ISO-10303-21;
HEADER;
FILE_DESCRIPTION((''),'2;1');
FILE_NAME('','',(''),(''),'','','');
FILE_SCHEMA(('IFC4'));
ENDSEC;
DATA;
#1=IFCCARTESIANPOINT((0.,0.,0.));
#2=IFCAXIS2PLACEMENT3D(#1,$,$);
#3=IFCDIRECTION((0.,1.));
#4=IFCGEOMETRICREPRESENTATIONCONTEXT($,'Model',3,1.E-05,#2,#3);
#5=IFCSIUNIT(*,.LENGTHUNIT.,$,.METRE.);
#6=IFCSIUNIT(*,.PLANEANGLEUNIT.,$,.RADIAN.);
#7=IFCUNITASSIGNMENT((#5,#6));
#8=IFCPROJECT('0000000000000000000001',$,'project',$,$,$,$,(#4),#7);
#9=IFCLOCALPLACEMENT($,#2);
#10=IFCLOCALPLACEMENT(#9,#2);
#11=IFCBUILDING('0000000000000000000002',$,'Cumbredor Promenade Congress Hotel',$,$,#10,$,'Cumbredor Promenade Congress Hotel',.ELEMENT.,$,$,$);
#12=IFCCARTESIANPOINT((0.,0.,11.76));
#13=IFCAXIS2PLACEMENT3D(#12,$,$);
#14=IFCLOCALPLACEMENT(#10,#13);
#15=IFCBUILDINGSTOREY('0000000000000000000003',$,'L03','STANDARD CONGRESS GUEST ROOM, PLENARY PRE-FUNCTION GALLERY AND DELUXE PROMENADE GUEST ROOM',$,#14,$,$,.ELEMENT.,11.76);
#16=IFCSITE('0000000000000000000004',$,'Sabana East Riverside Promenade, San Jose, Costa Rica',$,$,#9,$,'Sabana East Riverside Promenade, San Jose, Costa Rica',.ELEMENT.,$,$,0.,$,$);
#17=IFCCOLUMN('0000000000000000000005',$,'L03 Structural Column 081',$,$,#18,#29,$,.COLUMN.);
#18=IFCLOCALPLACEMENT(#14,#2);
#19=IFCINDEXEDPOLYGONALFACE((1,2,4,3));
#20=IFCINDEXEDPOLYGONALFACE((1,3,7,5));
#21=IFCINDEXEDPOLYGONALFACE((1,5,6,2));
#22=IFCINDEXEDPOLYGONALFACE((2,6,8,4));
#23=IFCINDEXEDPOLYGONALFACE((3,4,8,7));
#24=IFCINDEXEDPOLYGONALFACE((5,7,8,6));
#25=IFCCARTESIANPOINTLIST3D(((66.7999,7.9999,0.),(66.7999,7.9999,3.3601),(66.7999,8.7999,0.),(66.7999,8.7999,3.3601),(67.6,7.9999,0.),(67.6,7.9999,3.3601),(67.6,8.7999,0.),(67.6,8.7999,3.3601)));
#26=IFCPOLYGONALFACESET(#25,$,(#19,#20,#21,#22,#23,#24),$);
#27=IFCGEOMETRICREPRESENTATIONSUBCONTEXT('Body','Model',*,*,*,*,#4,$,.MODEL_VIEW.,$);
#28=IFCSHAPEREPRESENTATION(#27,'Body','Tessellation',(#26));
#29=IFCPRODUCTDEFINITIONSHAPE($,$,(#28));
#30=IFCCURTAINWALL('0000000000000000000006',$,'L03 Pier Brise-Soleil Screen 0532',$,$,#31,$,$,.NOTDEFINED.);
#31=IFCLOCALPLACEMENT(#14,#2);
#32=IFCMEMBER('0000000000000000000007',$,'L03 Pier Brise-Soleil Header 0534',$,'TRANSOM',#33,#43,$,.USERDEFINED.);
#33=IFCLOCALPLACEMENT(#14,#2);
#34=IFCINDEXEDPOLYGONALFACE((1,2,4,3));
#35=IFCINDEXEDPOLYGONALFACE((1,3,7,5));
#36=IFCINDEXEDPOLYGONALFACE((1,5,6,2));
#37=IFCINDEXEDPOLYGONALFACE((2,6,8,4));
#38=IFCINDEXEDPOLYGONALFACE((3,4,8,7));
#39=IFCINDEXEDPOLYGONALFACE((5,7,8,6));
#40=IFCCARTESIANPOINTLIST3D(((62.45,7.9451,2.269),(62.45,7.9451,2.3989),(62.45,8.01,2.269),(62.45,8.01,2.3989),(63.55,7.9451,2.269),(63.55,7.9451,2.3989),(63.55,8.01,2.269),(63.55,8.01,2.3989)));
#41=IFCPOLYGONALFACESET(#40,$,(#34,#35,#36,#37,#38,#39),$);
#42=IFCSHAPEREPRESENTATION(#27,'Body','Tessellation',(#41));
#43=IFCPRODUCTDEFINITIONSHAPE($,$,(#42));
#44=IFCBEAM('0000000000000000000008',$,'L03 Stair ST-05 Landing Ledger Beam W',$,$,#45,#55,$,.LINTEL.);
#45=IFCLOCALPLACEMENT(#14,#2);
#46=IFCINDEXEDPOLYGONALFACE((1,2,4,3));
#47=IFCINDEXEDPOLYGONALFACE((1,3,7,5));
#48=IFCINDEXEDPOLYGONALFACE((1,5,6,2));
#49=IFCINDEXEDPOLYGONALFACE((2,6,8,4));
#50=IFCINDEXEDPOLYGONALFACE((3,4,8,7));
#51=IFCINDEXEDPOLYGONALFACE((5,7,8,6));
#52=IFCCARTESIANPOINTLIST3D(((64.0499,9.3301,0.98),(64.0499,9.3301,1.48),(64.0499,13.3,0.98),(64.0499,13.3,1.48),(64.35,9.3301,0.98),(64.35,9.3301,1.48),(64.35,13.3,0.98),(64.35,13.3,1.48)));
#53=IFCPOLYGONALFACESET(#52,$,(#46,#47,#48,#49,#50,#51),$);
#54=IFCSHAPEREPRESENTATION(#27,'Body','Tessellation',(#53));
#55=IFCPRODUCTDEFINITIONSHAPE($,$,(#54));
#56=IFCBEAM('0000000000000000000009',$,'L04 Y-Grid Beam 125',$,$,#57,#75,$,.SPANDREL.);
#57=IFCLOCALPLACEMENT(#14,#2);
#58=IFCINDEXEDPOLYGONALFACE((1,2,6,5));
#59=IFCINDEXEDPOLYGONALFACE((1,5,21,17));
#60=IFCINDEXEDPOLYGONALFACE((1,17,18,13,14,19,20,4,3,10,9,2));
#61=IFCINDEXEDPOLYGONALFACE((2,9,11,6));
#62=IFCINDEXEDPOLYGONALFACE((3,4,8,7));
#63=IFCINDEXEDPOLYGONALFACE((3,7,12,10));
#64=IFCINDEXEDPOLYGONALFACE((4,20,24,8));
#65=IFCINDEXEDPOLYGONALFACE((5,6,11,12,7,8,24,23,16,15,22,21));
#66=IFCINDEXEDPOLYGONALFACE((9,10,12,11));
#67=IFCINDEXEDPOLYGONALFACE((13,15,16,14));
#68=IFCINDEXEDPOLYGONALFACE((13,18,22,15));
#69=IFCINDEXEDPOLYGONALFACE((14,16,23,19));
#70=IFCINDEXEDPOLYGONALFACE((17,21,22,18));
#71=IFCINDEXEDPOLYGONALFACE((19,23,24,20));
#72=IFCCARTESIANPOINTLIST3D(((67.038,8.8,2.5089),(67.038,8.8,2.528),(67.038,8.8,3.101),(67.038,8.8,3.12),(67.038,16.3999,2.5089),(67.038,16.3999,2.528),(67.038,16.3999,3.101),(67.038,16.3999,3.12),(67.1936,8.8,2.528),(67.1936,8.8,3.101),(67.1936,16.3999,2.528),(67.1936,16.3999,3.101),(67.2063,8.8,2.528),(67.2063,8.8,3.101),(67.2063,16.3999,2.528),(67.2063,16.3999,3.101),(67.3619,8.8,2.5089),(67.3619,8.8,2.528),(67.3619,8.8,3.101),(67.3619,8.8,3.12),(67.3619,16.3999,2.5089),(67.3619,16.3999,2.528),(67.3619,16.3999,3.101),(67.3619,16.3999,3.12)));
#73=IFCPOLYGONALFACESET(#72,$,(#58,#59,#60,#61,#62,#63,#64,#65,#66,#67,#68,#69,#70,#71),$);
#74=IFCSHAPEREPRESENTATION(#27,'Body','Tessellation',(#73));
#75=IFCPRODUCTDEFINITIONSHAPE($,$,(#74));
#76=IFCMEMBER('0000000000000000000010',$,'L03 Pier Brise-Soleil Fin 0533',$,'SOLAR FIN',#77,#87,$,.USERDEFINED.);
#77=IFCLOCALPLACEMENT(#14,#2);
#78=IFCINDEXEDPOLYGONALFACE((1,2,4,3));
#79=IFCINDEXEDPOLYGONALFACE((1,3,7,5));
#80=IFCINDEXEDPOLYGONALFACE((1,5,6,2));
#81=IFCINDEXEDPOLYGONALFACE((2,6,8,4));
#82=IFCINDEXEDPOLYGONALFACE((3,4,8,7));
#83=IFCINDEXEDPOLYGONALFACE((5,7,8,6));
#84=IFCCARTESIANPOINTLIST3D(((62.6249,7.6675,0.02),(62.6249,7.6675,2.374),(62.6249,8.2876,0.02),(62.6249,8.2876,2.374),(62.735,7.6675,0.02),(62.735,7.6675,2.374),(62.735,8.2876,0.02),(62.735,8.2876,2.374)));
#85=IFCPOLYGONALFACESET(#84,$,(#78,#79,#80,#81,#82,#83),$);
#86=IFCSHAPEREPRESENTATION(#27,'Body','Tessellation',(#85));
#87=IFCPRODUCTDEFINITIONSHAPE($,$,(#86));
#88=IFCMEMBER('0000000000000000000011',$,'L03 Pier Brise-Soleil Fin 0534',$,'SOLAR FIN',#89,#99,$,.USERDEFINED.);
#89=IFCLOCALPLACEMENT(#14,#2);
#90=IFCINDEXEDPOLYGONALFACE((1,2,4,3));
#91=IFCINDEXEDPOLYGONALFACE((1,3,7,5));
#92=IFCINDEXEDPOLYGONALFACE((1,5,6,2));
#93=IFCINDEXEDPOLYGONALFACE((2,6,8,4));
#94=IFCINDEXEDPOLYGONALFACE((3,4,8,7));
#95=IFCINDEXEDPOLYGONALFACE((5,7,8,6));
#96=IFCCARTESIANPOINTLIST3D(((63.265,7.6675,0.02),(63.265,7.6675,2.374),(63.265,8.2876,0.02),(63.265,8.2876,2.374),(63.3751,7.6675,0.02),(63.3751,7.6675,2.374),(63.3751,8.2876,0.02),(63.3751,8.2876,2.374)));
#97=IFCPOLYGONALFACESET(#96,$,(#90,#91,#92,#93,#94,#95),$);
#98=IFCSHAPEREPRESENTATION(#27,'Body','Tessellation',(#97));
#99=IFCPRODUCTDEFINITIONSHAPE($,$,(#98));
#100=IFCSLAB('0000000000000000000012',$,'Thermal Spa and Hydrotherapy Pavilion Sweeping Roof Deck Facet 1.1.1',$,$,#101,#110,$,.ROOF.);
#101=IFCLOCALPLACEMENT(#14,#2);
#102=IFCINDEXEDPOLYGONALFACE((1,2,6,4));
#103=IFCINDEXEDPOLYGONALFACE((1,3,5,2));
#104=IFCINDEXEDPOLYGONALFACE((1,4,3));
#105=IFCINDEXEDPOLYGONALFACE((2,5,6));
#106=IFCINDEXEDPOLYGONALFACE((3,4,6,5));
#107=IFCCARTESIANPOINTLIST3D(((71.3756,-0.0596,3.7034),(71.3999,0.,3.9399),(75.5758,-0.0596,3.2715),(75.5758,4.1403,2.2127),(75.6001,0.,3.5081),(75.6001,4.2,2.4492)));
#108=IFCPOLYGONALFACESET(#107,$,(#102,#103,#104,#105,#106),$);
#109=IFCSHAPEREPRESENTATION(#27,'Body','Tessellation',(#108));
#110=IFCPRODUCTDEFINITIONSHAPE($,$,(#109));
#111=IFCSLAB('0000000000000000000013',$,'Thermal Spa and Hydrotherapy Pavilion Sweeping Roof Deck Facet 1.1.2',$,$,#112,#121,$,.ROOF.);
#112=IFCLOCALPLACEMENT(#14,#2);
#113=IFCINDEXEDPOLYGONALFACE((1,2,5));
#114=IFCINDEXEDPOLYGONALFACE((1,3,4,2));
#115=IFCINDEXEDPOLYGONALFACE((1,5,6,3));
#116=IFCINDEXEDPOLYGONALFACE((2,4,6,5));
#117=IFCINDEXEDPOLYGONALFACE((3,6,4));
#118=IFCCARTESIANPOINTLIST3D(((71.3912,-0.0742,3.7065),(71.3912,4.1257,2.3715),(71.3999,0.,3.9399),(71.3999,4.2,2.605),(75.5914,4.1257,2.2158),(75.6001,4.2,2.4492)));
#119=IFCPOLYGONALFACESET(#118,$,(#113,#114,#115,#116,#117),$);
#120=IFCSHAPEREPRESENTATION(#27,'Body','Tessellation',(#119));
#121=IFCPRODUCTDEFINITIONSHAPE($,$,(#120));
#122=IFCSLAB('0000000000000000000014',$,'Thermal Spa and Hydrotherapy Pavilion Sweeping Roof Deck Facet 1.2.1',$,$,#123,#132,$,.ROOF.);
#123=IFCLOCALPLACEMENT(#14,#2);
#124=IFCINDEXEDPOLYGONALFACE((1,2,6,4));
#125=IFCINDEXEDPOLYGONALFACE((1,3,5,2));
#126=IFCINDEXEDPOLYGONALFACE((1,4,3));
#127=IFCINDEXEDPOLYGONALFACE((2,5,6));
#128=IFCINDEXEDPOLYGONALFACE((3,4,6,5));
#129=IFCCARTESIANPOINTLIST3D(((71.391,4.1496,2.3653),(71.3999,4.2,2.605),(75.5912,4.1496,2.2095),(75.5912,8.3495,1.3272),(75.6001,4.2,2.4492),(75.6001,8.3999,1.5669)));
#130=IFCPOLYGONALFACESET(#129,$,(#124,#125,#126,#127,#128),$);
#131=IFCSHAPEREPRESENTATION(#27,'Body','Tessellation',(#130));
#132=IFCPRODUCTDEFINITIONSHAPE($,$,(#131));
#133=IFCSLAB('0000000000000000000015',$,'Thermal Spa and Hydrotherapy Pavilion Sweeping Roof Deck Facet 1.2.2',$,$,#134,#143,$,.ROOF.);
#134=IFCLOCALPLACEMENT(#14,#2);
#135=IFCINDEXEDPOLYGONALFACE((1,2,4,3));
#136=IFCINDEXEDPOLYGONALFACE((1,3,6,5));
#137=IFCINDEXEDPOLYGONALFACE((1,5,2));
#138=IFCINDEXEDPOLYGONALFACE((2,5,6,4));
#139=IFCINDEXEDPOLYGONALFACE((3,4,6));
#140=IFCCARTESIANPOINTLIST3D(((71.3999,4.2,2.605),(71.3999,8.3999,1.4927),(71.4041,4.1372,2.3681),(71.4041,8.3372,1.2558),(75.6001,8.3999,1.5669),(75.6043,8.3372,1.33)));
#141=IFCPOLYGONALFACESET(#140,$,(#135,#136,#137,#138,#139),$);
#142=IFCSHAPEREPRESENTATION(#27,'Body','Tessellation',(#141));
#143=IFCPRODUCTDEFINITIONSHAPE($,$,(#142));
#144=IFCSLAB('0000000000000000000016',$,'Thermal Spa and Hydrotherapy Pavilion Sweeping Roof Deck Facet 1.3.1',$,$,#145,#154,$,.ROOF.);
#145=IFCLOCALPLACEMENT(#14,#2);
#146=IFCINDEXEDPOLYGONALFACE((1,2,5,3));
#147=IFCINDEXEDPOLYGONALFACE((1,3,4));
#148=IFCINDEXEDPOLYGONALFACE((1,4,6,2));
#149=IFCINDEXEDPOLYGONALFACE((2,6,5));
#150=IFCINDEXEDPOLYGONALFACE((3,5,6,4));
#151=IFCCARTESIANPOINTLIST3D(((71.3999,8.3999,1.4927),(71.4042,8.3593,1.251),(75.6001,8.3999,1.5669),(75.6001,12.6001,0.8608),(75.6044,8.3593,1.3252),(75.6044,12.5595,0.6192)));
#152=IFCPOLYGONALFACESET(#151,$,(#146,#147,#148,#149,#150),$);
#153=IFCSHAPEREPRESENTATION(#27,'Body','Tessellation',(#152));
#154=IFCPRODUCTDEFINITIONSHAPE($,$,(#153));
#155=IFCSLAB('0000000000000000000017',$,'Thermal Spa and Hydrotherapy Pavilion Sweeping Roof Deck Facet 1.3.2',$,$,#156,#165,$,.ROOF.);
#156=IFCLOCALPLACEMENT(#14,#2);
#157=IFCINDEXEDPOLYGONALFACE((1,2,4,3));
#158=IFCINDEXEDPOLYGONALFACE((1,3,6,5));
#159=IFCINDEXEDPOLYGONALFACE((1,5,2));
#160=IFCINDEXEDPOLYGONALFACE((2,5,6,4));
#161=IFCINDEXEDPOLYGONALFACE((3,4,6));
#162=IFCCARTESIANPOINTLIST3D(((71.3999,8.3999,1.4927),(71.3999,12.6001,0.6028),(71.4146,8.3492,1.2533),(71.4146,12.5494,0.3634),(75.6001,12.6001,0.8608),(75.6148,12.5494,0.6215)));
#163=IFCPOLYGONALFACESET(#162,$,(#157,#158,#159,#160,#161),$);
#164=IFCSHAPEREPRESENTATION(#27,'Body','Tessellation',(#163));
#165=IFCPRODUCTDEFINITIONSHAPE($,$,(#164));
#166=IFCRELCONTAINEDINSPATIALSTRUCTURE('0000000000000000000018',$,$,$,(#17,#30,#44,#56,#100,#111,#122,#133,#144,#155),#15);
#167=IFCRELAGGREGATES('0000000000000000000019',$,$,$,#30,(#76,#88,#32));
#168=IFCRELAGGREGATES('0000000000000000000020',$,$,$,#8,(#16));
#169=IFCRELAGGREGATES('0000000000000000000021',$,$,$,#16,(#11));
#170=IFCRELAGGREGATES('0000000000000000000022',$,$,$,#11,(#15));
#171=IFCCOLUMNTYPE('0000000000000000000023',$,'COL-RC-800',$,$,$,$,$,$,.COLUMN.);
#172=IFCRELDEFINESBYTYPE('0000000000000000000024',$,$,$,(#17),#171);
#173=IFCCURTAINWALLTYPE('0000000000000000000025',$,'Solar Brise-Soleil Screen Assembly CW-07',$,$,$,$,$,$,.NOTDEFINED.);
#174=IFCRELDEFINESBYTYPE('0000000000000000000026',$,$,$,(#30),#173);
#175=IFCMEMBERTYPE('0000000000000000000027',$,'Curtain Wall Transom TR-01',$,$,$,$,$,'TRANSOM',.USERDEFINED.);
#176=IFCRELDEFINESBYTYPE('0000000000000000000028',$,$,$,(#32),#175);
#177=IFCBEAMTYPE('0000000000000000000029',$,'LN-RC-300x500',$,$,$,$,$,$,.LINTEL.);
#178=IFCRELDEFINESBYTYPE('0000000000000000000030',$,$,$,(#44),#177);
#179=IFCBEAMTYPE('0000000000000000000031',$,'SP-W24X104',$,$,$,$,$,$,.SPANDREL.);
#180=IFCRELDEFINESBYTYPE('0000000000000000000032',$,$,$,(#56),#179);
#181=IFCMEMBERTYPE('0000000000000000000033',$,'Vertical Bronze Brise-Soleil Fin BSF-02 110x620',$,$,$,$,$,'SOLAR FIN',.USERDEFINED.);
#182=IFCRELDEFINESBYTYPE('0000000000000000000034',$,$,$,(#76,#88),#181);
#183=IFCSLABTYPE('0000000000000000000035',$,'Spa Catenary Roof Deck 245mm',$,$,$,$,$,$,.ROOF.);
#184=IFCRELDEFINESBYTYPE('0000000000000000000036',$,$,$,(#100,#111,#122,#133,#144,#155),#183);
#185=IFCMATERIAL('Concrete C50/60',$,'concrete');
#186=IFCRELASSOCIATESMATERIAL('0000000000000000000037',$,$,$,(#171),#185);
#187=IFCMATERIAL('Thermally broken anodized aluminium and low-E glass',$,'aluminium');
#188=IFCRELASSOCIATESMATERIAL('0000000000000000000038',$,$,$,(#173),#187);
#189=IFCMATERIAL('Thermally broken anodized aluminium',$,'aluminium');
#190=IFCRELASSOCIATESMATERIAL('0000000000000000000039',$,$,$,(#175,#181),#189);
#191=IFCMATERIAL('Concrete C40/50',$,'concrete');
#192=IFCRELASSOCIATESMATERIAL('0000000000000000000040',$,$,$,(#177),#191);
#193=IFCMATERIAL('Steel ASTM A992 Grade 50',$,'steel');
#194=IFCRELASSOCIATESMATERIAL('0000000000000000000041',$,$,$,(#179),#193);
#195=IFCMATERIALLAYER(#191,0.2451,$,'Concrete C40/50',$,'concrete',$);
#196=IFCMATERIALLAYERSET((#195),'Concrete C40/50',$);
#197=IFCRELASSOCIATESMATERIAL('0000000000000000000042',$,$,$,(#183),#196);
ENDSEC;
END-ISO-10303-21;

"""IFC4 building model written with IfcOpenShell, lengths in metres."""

from ifc_helpers import new_model, si_unit, direction, frame, origin, origin_2d, place, context, subcontext, project, spatial, polyline, rectangle, i_section, outline, extrude, material, layer, layer_set, material_profile, profile_set, type_object, element, aggregate, save


model = new_model("IFC4")

# Units and contexts
model_context = context("Model", 3, precision=1e-05, world=origin(), true_north=direction((0.0, 1.0)))
body_context = subcontext(model_context, "Body", "Model", "MODEL_VIEW")
ifc_project = project(units=[si_unit("LENGTHUNIT", "METRE"), si_unit("PLANEANGLEUNIT", "RADIAN")], contexts=[model_context])

# Site, building, storey
site_placement = place(None, origin())
site = spatial("IfcSite", under=ifc_project, at=site_placement, Name="Sabana East Riverside Promenade, San Jose, Costa Rica", LongName="Sabana East Riverside Promenade, San Jose, Costa Rica", CompositionType="ELEMENT", RefElevation=0.0)
building_placement = place(site_placement, origin())
building = spatial("IfcBuilding", under=site, at=building_placement, Name="Cumbredor Promenade Congress Hotel", LongName="Cumbredor Promenade Congress Hotel", CompositionType="ELEMENT")
storey_placement = place(building_placement, frame((0.0, 0.0, 11.76)))
storey = spatial("IfcBuildingStorey", under=building, at=storey_placement, Name="L03", Description="STANDARD CONGRESS GUEST ROOM, PLENARY PRE-FUNCTION GALLERY AND DELUXE PROMENADE GUEST ROOM", CompositionType="ELEMENT", Elevation=11.76)

# Column
ifc_material_1 = material(Name="Concrete C50/60", Category="concrete")
ifc_material_profile_1 = material_profile(ifc_material_1, rectangle(XDim=0.8, YDim=0.8, at=origin_2d()), Name="RC 800x800")
ifc_profile_set_1 = profile_set([ifc_material_profile_1], Name="Concrete C50/60")
column_type = type_object("IfcColumnType", Name="COL-RC-800", PredefinedType="COLUMN", material=ifc_profile_set_1)
column_placement = place(storey_placement, frame((67.2, 8.3999, 0.0), z_axis=(0.0, 0.0, 1.0), x_axis=(1.0, 0.0, 0.0)))
element("IfcColumn", 1, at=column_placement, inside=storey, type_object=column_type, Name="L03 Structural Column 081", PredefinedType="COLUMN", context=body_context, shape_type="SweptSolid", body=[
    extrude(rectangle(XDim=0.8, YDim=0.8, at=origin_2d()), origin(), (0.0, 0.0, 1.0), 3.3601),
])

# Curtain wall, member
ifc_material_2 = material(Name="Thermally broken anodized aluminium and low-E glass", Category="aluminium")
curtain_wall_type = type_object("IfcCurtainWallType", Name="Solar Brise-Soleil Screen Assembly CW-07", PredefinedType="NOTDEFINED", material=ifc_material_2)
curtain_wall_placement = place(storey_placement, origin())
curtain_wall = element("IfcCurtainWall", 2, at=curtain_wall_placement, inside=storey, type_object=curtain_wall_type, Name="L03 Pier Brise-Soleil Screen 0532", PredefinedType="NOTDEFINED")
ifc_material_3 = material(Name="Thermally broken anodized aluminium", Category="aluminium")
ifc_material_profile_2 = material_profile(ifc_material_3, rectangle(XDim=0.0649, YDim=0.1299, at=origin_2d()), Name="ALU TRANSOM 65x130")
ifc_profile_set_2 = profile_set([ifc_material_profile_2], Name="Thermally broken anodized aluminium")
member_type_1 = type_object("IfcMemberType", Name="Curtain Wall Transom TR-01", ElementType="TRANSOM", PredefinedType="USERDEFINED", material=ifc_profile_set_2)
member_1_placement = place(storey_placement, frame((62.45, 7.9775, 2.334), z_axis=(1.0, 0.0, 0.0), x_axis=(0.0, 1.0, 0.0)))
member_1 = element("IfcMember", 3, at=member_1_placement, type_object=member_type_1, Name="L03 Pier Brise-Soleil Header 0534", ObjectType="TRANSOM", PredefinedType="USERDEFINED", context=body_context, shape_type="SweptSolid", body=[
    extrude(rectangle(XDim=0.0649, YDim=0.1299, at=origin_2d()), origin(), (0.0, 0.0, 1.0), 1.1001),
])

# Beams
ifc_material_4 = material(Name="Concrete C40/50", Category="concrete")
ifc_material_profile_3 = material_profile(ifc_material_4, rectangle(XDim=0.3, YDim=0.5, at=origin_2d()), Name="RC LINTEL 300x500")
ifc_profile_set_3 = profile_set([ifc_material_profile_3], Name="Concrete C40/50")
beam_type_1 = type_object("IfcBeamType", Name="LN-RC-300x500", PredefinedType="LINTEL", material=ifc_profile_set_3)
beam_1_placement = place(storey_placement, frame((64.2, 9.3301, 1.23), z_axis=(0.0, 1.0, 0.0), x_axis=(-1.0, 0.0, 0.0)))
element("IfcBeam", 4, at=beam_1_placement, inside=storey, type_object=beam_type_1, Name="L03 Stair ST-05 Landing Ledger Beam W", PredefinedType="LINTEL", context=body_context, shape_type="SweptSolid", body=[
    extrude(rectangle(XDim=0.3, YDim=0.5, at=origin_2d()), origin(), (0.0, 0.0, 1.0), 3.97),
])
ifc_material_5 = material(Name="Steel ASTM A992 Grade 50", Category="steel")
ifc_material_profile_4 = material_profile(ifc_material_5, i_section(OverallWidth=0.324, OverallDepth=0.6111, WebThickness=0.0127, FlangeThickness=0.019, at=origin_2d()), Name="W24X104")
ifc_profile_set_4 = profile_set([ifc_material_profile_4], Name="Steel ASTM A992 Grade 50")
beam_type_2 = type_object("IfcBeamType", Name="SP-W24X104", PredefinedType="SPANDREL", material=ifc_profile_set_4)
beam_2_placement = place(storey_placement, frame((67.2, 8.8, 2.8145), z_axis=(0.0, 1.0, 0.0), x_axis=(-1.0, 0.0, 0.0)))
element("IfcBeam", 5, at=beam_2_placement, inside=storey, type_object=beam_type_2, Name="L04 Y-Grid Beam 125", PredefinedType="SPANDREL", context=body_context, shape_type="SweptSolid", body=[
    extrude(i_section(OverallWidth=0.324, OverallDepth=0.6111, WebThickness=0.0127, FlangeThickness=0.019, at=origin_2d()), origin(), (0.0, 0.0, 1.0), 7.5999),
])

# Members
ifc_material_profile_5 = material_profile(ifc_material_3, rectangle(XDim=0.1101, YDim=0.6201, at=origin_2d()), Name="ARCH FIN 110x620")
ifc_profile_set_5 = profile_set([ifc_material_profile_5], Name="Thermally broken anodized aluminium")
member_type_2 = type_object("IfcMemberType", Name="Vertical Bronze Brise-Soleil Fin BSF-02 110x620", ElementType="SOLAR FIN", PredefinedType="USERDEFINED", material=ifc_profile_set_5)
member_2_placement = place(storey_placement, frame((62.6799, 7.9775, 0.02), z_axis=(0.0, 0.0, 1.0), x_axis=(1.0, 0.0, 0.0)))
member_2 = element("IfcMember", 6, at=member_2_placement, type_object=member_type_2, Name="L03 Pier Brise-Soleil Fin 0533", ObjectType="SOLAR FIN", PredefinedType="USERDEFINED", context=body_context, shape_type="SweptSolid", body=[
    extrude(rectangle(XDim=0.1101, YDim=0.6201, at=origin_2d()), origin(), (0.0, 0.0, 1.0), 2.354),
])
member_3_placement = place(storey_placement, frame((63.3201, 7.9775, 0.02), z_axis=(0.0, 0.0, 1.0), x_axis=(1.0, 0.0, 0.0)))
member_3 = element("IfcMember", 7, at=member_3_placement, type_object=member_type_2, Name="L03 Pier Brise-Soleil Fin 0534", ObjectType="SOLAR FIN", PredefinedType="USERDEFINED", context=body_context, shape_type="SweptSolid", body=[
    extrude(rectangle(XDim=0.1101, YDim=0.6201, at=origin_2d()), origin(), (0.0, 0.0, 1.0), 2.354),
])
aggregate(curtain_wall, [member_2, member_3, member_1])

# Slabs
ifc_layer_1 = layer(ifc_material_4, 0.2451, Name="Concrete C40/50", Category="concrete")
ifc_layer_set_1 = layer_set([ifc_layer_1], Name="Concrete C40/50")
slab_type = type_object("IfcSlabType", Name="Spa Catenary Roof Deck 245mm", PredefinedType="ROOF", material=ifc_layer_set_1)
slab_1_placement = place(storey_placement, frame((71.3999, 0.0, 3.9399), z_axis=(0.099213, 0.243252, 0.964876), x_axis=(0.994755, 0.0, -0.102286)))
element("IfcSlab", 8, at=slab_1_placement, inside=storey, type_object=slab_type, Name="Thermal Spa and Hydrotherapy Pavilion Sweeping Roof Deck Facet 1.1.1", PredefinedType="ROOF", context=body_context, shape_type="SweptSolid", body=[
    extrude(outline(polyline([(0.0, 0.0), (4.2223, 0.0), (4.3306, 4.33), (0.0, 0.0)])), origin(), (0.0, 0.0, -1.0), 0.2451),
])
slab_2_placement = place(storey_placement, frame((71.3999, 0.0, 3.9399), z_axis=(0.03532, 0.302729, 0.952422), x_axis=(0.685857, 0.685817, -0.243423)))
element("IfcSlab", 9, at=slab_2_placement, inside=storey, type_object=slab_type, Name="Thermal Spa and Hydrotherapy Pavilion Sweeping Roof Deck Facet 1.1.2", PredefinedType="ROOF", context=body_context, shape_type="SweptSolid", body=[
    extrude(outline(polyline([(0.0, 0.0), (6.124, 0.0), (3.2054, 3.0245), (0.0, 0.0)])), origin(), (0.0, 0.0, -1.0), 0.2451),
])
slab_3_placement = place(storey_placement, frame((71.3999, 4.2, 2.605), z_axis=(0.036268, 0.205457, 0.977994), x_axis=(0.999313, 0.0, -0.037059)))
element("IfcSlab", 10, at=slab_3_placement, inside=storey, type_object=slab_type, Name="Thermal Spa and Hydrotherapy Pavilion Sweeping Roof Deck Facet 1.2.1", PredefinedType="ROOF", context=body_context, shape_type="SweptSolid", body=[
    extrude(outline(polyline([(0.0, 0.0), (4.2031, 0.0), (4.2358, 4.2915), (0.0, 0.0)])), origin(), (0.0, 0.0, -1.0), 0.2451),
])
slab_4_placement = place(storey_placement, frame((71.3999, 4.2, 2.605), z_axis=(-0.017079, 0.255974, 0.966533), x_axis=(0.696569, 0.696529, -0.172158)))
element("IfcSlab", 11, at=slab_4_placement, inside=storey, type_object=slab_type, Name="Thermal Spa and Hydrotherapy Pavilion Sweeping Roof Deck Facet 1.2.2", PredefinedType="ROOF", context=body_context, shape_type="SweptSolid", body=[
    extrude(outline(polyline([(0.0, 0.0), (6.0298, 0.0), (3.1169, 3.0269), (0.0, 0.0)])), origin(), (0.0, 0.0, -1.0), 0.2451),
])
slab_5_placement = place(storey_placement, frame((71.3999, 8.3999, 1.4927), z_axis=(-0.017423, 0.165749, 0.986014), x_axis=(0.999844, 0.0, 0.017668)))
element("IfcSlab", 12, at=slab_5_placement, inside=storey, type_object=slab_type, Name="Thermal Spa and Hydrotherapy Pavilion Sweeping Roof Deck Facet 1.3.1", PredefinedType="ROOF", context=body_context, shape_type="SweptSolid", body=[
    extrude(outline(polyline([(0.0, 0.0), (4.2009, 0.0), (4.1884, 4.2591), (0.0, 0.0)])), origin(), (0.0, 0.0, -1.0), 0.2451),
])
slab_6_placement = place(storey_placement, frame((71.3999, 8.3999, 1.4927), z_axis=(-0.059997, 0.206895, 0.976522), x_axis=(0.70314, 0.70314, -0.105773)))
element("IfcSlab", 13, at=slab_6_placement, inside=storey, type_object=slab_type, Name="Thermal Spa and Hydrotherapy Pavilion Sweeping Roof Deck Facet 1.3.2", PredefinedType="ROOF", context=body_context, shape_type="SweptSolid", body=[
    extrude(outline(polyline([(0.0, 0.0), (5.9735, 0.0), (3.0475, 3.0243), (0.0, 0.0)])), origin(), (0.0, 0.0, -1.0), 0.2451),
])

save(model, "model.ifc")
